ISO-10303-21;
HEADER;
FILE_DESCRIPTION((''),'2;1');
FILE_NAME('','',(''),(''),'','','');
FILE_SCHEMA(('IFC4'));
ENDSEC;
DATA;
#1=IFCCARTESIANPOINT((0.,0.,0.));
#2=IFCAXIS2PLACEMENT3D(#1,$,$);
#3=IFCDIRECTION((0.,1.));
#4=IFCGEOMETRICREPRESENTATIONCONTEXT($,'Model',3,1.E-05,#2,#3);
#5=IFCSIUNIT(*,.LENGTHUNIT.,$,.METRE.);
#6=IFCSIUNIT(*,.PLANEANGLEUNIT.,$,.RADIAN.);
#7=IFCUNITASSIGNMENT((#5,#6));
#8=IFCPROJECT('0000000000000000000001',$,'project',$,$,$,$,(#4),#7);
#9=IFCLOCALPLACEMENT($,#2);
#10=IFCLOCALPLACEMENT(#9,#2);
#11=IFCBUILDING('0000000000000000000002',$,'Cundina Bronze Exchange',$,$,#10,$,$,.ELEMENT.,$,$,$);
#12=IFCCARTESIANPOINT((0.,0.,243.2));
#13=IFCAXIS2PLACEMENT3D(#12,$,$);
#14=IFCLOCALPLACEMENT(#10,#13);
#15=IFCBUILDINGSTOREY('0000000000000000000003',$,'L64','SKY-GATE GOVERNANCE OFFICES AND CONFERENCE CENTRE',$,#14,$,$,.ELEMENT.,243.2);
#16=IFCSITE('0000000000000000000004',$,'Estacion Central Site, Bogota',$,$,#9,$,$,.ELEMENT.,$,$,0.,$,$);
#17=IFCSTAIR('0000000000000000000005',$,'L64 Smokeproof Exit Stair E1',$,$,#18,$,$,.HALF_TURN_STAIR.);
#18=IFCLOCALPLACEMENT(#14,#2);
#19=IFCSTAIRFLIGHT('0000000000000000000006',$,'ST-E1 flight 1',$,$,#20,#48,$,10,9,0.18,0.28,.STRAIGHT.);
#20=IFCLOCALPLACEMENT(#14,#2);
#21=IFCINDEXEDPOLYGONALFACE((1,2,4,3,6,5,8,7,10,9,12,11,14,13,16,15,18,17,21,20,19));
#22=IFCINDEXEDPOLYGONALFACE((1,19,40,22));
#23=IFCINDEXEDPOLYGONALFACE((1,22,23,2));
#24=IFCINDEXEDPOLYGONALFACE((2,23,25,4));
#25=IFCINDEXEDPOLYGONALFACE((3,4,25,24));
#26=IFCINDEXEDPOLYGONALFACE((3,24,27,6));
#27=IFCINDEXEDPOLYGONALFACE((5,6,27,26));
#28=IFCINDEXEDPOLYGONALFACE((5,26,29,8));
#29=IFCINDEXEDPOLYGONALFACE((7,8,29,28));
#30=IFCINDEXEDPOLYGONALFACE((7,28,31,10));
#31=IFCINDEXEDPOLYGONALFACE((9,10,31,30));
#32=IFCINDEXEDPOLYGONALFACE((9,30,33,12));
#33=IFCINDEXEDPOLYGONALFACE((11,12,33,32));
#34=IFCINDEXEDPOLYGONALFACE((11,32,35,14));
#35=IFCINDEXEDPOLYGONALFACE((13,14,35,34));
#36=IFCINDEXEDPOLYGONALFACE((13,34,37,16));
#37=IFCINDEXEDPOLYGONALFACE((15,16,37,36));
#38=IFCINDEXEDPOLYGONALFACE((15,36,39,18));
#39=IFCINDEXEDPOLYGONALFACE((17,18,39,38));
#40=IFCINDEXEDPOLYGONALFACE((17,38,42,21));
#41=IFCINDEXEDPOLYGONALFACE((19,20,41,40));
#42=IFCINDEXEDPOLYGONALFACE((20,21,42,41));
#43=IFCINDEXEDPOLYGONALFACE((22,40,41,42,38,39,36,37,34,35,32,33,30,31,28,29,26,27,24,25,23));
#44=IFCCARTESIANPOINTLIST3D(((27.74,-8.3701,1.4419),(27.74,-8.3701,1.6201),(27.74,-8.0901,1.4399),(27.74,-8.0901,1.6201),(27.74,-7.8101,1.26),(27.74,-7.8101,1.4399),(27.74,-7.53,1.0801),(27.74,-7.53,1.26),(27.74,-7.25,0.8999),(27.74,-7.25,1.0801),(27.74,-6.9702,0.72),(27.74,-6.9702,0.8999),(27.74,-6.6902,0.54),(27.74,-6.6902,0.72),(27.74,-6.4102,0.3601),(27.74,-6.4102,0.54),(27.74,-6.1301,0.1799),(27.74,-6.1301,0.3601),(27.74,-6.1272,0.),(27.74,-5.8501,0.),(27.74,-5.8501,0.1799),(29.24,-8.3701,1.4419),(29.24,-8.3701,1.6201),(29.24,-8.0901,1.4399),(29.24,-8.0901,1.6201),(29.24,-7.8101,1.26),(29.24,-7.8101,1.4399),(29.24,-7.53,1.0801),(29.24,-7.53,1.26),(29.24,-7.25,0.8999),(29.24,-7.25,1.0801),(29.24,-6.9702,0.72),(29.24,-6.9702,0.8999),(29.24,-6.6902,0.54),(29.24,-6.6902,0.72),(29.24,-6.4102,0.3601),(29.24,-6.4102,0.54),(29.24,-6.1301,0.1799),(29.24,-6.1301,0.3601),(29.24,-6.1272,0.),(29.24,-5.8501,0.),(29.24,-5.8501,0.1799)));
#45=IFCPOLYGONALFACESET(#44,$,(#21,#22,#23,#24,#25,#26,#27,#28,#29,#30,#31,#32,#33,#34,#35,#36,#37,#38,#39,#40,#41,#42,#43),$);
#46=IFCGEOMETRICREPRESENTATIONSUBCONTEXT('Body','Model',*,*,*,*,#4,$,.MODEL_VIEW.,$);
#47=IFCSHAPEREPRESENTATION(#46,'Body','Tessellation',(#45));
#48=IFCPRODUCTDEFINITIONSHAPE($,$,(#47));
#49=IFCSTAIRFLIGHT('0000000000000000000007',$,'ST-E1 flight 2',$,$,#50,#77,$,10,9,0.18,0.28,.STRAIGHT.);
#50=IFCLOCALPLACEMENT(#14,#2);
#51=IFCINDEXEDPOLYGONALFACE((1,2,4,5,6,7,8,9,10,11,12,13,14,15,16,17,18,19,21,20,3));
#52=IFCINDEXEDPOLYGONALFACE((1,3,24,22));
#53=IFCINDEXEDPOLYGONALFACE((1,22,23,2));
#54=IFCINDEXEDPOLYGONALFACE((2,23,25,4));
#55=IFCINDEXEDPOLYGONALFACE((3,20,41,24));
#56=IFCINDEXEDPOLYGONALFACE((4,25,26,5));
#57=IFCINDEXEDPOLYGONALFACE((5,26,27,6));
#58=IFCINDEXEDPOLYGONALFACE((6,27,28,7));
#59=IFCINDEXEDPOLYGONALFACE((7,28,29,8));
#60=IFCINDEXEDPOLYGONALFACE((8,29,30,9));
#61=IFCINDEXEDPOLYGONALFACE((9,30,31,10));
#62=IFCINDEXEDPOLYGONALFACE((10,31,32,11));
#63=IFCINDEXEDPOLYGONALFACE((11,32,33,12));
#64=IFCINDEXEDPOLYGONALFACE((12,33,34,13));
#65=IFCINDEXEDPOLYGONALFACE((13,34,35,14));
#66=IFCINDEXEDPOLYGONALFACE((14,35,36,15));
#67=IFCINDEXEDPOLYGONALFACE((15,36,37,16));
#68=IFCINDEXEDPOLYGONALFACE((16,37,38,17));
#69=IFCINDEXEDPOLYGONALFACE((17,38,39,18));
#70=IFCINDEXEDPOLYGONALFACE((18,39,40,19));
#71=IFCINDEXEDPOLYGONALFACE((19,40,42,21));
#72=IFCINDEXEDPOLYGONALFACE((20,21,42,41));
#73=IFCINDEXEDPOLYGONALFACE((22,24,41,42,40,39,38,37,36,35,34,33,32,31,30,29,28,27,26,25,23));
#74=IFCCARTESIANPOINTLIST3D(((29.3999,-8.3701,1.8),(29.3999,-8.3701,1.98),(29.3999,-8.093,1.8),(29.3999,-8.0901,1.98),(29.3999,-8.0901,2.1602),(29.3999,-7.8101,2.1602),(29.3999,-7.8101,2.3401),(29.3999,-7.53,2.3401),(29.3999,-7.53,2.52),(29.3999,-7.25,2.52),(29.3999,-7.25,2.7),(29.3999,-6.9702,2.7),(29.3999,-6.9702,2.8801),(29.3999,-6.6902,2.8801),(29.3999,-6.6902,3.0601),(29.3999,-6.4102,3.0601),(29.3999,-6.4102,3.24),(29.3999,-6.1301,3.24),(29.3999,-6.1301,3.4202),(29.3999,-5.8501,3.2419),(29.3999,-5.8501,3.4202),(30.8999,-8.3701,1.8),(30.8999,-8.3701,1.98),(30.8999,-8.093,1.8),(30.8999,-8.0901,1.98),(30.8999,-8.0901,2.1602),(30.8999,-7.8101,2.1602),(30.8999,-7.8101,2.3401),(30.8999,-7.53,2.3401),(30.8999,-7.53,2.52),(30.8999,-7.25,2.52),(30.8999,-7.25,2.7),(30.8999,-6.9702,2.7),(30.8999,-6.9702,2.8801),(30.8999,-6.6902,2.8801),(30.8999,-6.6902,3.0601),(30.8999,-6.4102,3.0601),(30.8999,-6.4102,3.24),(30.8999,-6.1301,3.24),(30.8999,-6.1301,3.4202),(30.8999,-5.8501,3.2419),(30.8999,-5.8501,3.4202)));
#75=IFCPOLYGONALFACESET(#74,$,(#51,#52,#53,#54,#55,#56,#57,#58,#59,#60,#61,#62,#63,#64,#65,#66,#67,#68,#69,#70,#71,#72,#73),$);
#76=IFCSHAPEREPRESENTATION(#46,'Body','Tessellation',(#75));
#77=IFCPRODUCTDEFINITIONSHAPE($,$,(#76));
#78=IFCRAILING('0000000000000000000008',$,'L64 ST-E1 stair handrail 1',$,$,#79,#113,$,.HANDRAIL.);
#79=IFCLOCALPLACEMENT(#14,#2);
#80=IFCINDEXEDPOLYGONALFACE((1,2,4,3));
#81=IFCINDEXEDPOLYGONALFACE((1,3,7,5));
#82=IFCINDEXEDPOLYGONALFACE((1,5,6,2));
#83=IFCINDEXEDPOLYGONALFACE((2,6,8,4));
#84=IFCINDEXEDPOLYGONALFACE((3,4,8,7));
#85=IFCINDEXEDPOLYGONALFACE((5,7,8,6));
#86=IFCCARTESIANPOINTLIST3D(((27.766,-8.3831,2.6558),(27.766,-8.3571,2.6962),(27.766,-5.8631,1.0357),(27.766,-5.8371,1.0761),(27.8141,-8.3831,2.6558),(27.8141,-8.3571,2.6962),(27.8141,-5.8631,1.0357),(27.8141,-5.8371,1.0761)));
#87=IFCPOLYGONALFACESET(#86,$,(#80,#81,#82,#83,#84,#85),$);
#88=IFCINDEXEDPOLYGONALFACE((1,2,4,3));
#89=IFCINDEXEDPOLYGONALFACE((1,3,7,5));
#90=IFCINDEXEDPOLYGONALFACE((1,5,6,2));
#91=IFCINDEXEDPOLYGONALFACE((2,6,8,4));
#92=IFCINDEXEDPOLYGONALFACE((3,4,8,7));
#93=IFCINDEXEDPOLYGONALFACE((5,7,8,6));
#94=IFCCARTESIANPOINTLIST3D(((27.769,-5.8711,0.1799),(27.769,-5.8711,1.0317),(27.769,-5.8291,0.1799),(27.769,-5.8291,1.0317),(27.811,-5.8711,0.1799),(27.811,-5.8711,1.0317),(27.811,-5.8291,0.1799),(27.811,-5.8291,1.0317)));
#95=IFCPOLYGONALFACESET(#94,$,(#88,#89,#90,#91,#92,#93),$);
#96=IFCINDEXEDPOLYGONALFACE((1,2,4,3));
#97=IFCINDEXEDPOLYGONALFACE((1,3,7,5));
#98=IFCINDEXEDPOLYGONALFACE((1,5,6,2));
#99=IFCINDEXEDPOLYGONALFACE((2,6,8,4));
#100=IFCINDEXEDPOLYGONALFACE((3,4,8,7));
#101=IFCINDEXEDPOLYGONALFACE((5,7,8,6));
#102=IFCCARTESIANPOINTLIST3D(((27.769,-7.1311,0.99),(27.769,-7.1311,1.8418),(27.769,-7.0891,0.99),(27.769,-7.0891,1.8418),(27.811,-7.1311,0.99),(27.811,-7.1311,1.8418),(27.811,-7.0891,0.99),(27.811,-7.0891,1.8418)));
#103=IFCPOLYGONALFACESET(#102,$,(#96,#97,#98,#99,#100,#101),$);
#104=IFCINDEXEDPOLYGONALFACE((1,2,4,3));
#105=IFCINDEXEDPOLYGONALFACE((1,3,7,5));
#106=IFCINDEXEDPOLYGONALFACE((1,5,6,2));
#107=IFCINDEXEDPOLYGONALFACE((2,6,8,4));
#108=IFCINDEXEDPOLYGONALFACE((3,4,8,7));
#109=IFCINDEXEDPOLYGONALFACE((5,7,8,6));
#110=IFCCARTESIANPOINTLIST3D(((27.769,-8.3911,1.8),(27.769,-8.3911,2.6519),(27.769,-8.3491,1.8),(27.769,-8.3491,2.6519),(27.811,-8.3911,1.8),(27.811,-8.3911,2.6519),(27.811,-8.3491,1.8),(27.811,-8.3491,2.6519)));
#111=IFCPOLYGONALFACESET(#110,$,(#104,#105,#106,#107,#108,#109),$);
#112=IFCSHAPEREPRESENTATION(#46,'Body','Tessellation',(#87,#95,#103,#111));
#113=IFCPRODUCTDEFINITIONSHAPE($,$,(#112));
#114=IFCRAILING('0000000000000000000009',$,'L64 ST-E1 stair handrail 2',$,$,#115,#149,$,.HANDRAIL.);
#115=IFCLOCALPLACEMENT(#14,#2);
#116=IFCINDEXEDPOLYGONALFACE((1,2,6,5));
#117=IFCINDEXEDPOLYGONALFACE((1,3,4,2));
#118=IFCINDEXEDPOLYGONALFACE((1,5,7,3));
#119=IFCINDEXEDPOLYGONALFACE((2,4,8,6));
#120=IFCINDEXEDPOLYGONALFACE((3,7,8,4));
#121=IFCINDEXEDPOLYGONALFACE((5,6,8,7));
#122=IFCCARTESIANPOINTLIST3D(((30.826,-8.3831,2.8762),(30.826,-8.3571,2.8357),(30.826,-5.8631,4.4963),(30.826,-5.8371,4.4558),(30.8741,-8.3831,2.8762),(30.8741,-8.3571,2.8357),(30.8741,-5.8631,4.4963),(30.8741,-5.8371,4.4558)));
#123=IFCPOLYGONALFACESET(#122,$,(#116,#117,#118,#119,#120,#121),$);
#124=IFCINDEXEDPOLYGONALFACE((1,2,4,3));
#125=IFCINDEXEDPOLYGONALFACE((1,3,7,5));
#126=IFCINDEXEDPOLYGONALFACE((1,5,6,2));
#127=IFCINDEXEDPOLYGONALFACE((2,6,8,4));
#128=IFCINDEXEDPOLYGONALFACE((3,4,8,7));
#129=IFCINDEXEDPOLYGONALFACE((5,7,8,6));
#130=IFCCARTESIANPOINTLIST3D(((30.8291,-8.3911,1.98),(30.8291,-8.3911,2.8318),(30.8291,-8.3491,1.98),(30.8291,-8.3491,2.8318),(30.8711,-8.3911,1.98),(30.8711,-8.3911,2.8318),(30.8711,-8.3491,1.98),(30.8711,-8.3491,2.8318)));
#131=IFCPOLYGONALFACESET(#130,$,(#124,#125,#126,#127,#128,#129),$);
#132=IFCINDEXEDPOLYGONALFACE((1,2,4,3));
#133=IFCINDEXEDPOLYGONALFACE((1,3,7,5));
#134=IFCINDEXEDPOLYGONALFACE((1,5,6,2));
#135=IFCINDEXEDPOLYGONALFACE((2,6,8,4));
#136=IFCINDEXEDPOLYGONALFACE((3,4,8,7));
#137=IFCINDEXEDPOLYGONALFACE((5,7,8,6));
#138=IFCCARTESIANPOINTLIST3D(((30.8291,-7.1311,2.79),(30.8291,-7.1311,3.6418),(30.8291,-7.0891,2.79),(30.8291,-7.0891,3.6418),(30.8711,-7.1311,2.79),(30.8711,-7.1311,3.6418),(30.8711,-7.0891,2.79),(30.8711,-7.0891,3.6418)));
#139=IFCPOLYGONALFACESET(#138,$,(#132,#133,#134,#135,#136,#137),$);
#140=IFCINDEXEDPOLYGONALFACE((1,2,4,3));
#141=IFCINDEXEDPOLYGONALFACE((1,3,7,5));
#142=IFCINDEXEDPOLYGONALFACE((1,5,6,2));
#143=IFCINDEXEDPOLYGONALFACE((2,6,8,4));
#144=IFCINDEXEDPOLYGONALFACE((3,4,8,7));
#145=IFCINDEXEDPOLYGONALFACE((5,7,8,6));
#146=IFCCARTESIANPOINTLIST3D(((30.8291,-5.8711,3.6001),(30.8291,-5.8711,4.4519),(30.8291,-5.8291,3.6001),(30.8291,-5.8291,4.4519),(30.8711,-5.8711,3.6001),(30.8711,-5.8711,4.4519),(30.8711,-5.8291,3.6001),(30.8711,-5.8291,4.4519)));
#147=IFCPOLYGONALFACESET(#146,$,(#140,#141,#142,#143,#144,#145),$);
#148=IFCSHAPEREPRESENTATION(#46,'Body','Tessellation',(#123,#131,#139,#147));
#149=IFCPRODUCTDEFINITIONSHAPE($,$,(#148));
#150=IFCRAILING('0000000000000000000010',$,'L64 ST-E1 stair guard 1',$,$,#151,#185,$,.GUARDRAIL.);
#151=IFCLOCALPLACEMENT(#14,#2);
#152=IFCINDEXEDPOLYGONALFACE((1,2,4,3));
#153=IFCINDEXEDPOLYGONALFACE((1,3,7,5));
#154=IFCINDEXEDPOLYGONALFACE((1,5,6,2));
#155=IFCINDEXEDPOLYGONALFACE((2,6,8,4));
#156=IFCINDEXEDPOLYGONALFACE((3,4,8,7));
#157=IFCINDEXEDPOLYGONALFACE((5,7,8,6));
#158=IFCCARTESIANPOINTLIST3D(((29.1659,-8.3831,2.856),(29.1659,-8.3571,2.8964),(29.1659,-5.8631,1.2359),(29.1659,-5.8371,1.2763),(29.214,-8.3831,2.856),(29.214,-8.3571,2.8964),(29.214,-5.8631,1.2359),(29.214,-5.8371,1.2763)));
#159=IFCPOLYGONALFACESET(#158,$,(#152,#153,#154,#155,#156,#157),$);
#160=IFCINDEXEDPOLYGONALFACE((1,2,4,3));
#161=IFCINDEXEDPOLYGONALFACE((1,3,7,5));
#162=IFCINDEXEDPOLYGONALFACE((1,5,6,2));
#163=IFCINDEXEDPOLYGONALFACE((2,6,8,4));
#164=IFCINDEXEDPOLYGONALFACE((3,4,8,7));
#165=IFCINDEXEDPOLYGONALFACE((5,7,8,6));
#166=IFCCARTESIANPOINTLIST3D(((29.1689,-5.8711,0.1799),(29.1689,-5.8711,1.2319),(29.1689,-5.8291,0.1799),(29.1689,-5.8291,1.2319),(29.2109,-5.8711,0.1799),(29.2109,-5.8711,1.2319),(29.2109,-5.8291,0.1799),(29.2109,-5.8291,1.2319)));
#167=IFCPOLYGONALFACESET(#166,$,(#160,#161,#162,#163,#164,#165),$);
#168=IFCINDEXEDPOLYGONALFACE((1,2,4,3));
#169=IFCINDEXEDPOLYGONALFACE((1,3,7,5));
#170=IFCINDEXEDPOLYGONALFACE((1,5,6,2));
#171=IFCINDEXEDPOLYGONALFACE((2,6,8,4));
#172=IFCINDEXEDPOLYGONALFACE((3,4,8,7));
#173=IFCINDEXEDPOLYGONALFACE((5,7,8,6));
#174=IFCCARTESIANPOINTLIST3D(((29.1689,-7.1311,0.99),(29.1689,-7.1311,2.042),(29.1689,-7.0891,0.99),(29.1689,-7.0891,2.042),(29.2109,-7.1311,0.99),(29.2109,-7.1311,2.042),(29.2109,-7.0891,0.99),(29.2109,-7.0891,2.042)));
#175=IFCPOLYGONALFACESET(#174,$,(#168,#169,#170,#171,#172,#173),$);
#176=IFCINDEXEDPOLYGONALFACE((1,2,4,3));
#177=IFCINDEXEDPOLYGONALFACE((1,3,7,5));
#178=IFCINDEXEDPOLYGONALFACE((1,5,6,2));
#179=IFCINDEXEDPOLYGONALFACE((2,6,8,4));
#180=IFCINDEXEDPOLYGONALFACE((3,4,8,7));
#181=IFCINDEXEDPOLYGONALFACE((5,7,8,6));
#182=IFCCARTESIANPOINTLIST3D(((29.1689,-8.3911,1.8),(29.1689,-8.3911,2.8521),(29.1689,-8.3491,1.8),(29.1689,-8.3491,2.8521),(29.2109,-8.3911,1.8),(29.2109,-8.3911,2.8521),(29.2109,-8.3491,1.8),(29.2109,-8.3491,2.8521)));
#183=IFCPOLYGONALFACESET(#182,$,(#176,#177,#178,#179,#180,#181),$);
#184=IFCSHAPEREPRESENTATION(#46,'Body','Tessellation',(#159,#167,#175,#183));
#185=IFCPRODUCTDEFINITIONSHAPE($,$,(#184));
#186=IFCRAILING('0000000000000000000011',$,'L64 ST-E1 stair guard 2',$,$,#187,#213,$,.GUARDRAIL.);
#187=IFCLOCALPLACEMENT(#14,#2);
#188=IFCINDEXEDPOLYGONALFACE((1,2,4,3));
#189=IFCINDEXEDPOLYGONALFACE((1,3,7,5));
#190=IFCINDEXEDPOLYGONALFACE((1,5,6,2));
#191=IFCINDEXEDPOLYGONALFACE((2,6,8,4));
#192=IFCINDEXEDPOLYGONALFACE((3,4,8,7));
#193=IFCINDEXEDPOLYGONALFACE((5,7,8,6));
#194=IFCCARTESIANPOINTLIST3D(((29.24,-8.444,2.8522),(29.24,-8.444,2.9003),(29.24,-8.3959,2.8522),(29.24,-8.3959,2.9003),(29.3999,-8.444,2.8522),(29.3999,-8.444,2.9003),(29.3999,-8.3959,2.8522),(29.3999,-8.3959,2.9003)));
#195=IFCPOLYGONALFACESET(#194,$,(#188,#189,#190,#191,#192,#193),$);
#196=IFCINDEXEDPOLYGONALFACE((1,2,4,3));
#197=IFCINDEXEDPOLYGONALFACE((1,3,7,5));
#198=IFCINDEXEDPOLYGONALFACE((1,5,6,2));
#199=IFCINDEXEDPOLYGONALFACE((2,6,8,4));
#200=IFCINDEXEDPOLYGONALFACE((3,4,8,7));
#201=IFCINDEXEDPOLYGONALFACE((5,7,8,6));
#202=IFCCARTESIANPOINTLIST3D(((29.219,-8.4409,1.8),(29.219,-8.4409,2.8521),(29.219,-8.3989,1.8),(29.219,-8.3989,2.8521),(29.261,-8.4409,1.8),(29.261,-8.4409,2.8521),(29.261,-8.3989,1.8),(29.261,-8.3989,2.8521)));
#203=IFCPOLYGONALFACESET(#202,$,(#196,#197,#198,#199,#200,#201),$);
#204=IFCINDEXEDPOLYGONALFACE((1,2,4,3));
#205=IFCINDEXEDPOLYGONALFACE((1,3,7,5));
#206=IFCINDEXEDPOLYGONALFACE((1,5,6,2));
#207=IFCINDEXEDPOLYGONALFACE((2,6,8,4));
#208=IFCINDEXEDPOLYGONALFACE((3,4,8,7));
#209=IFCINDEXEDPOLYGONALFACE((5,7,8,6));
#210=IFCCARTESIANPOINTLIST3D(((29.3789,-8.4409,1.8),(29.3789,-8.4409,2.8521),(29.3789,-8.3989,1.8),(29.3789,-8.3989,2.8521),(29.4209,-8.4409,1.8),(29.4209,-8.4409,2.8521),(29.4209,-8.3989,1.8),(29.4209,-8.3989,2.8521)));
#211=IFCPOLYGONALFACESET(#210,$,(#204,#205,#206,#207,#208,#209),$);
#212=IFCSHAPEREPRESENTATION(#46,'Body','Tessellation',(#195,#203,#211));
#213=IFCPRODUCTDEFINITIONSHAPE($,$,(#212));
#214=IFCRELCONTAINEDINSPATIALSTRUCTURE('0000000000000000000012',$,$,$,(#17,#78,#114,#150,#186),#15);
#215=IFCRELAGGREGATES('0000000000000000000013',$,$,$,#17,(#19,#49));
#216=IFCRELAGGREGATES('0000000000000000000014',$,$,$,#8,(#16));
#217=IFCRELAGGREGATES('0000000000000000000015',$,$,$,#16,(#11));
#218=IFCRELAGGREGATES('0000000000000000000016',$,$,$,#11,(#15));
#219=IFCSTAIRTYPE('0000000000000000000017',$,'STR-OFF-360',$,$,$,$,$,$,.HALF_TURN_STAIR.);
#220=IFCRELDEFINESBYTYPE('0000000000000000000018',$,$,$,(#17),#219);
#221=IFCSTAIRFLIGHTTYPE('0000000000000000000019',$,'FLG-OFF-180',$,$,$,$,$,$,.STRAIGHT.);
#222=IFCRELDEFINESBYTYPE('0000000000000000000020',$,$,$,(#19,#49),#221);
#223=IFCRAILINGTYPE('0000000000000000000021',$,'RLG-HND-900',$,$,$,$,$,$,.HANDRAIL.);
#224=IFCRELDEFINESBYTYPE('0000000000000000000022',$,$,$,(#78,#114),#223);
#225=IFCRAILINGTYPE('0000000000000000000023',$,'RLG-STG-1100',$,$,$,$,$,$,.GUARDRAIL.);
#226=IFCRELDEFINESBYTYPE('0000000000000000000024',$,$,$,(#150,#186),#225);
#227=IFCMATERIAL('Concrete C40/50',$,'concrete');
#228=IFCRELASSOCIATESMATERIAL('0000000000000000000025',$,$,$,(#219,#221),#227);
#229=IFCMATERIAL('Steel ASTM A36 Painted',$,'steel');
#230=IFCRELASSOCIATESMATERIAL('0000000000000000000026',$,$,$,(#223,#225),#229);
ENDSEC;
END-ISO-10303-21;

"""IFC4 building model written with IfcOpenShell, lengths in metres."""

from ifc_helpers import new_model, si_unit, direction, frame, origin, origin_2d, place, context, subcontext, project, spatial, polyline, rectangle, outline, extrude, material, type_object, element, aggregate, save


model = new_model("IFC4")

# Units and contexts
model_context = context("Model", 3, precision=1e-05, world=origin(), true_north=direction((0.0, 1.0)))
body_context = subcontext(model_context, "Body", "Model", "MODEL_VIEW")
ifc_project = project(units=[si_unit("LENGTHUNIT", "METRE"), si_unit("PLANEANGLEUNIT", "RADIAN")], contexts=[model_context])

# Site, building, storey
site_placement = place(None, origin())
site = spatial("IfcSite", under=ifc_project, at=site_placement, Name="Estacion Central Site, Bogota", CompositionType="ELEMENT", RefElevation=0.0)
building_placement = place(site_placement, origin())
building = spatial("IfcBuilding", under=site, at=building_placement, Name="Cundina Bronze Exchange", CompositionType="ELEMENT")
storey_placement = place(building_placement, frame((0.0, 0.0, 243.2)))
storey = spatial("IfcBuildingStorey", under=building, at=storey_placement, Name="L64", Description="SKY-GATE GOVERNANCE OFFICES AND CONFERENCE CENTRE", CompositionType="ELEMENT", Elevation=243.2)

# Shared definitions
ifc_material_1 = material(Name="Steel ASTM A36 Painted", Category="steel")

# Stair, stair flights
ifc_material_2 = material(Name="Concrete C40/50", Category="concrete")
stair_type = type_object("IfcStairType", Name="STR-OFF-360", PredefinedType="HALF_TURN_STAIR", material=ifc_material_2)
stair_placement = place(storey_placement, origin())
stair = element("IfcStair", 1, at=stair_placement, inside=storey, type_object=stair_type, Name="L64 Smokeproof Exit Stair E1", PredefinedType="HALF_TURN_STAIR")
stair_flight_type = type_object("IfcStairFlightType", Name="FLG-OFF-180", PredefinedType="STRAIGHT", material=ifc_material_2)
stair_flight_1_placement = place(storey_placement, frame((28.49, -5.8501, 0.0), z_axis=(0.0, 0.0, 1.0), x_axis=(0.0, -1.0, 0.0)))
stair_flight_1 = element("IfcStairFlight", 2, at=stair_flight_1_placement, type_object=stair_flight_type, Name="ST-E1 flight 1", NumberOfRisers=10, NumberOfTreads=9, PredefinedType="STRAIGHT", RiserHeight=0.18, TreadLength=0.28, context=body_context, shape_type="SweptSolid", body=[
    extrude(outline(polyline([(0.0, 0.0), (0.0, 0.1799), (0.28, 0.1799), (0.28, 0.3601), (0.5601, 0.3601), (0.5601, 0.54), (0.8401, 0.54), (0.8401, 0.72), (1.1201, 0.72), (1.1201, 0.8999), (1.3999, 0.8999), (1.3999, 1.0801), (1.6799, 1.0801), (1.6799, 1.26), (1.96, 1.26), (1.96, 1.4399), (2.24, 1.4399), (2.24, 1.6201), (2.52, 1.6201), (2.52, 1.8), (2.52, 1.4419), (0.2771, 0.0), (0.0, 0.0)])), frame((0.0, 0.75, 0.0), z_axis=(0.0, -1.0, 0.0), x_axis=(1.0, 0.0, 0.0)), (0.0, 0.0, 1.0), 1.5),
])
stair_flight_2_placement = place(storey_placement, frame((30.1499, -8.3701, 1.8), z_axis=(0.0, 0.0, 1.0), x_axis=(0.0, 1.0, 0.0)))
stair_flight_2 = element("IfcStairFlight", 3, at=stair_flight_2_placement, type_object=stair_flight_type, Name="ST-E1 flight 2", NumberOfRisers=10, NumberOfTreads=9, PredefinedType="STRAIGHT", RiserHeight=0.18, TreadLength=0.28, context=body_context, shape_type="SweptSolid", body=[
    extrude(outline(polyline([(0.0, 0.0), (0.0, 0.1799), (0.28, 0.1799), (0.28, 0.3601), (0.5601, 0.3601), (0.5601, 0.54), (0.8401, 0.54), (0.8401, 0.72), (1.1201, 0.72), (1.1201, 0.8999), (1.3999, 0.8999), (1.3999, 1.0801), (1.6799, 1.0801), (1.6799, 1.26), (1.96, 1.26), (1.96, 1.4399), (2.24, 1.4399), (2.24, 1.6201), (2.52, 1.6201), (2.52, 1.8), (2.52, 1.4419), (0.2771, 0.0), (0.0, 0.0)])), frame((0.0, 0.75, 0.0), z_axis=(0.0, -1.0, 0.0), x_axis=(1.0, 0.0, 0.0)), (0.0, 0.0, 1.0), 1.5),
])
aggregate(stair, [stair_flight_1, stair_flight_2])

# Railings
railing_type_1 = type_object("IfcRailingType", Name="RLG-HND-900", PredefinedType="HANDRAIL", material=ifc_material_1)
railing_1_placement = place(storey_placement, frame((27.79, -5.8501, 0.1799)))
element("IfcRailing", 4, at=railing_1_placement, inside=storey, type_object=railing_type_1, Name="L64 ST-E1 stair handrail 1", PredefinedType="HANDRAIL", context=body_context, shape_type="SweptSolid", body=[
    extrude(rectangle(XDim=0.0481, YDim=0.0481, at=origin_2d()), frame((0.0, 0.0, 0.876), z_axis=(0.0, -0.841163, 0.540782), x_axis=(1.0, 0.0, 0.0)), (0.0, 0.0, 1.0), 2.9958),
    extrude(rectangle(XDim=0.042, YDim=0.042, at=origin_2d()), origin(), (0.0, 0.0, 1.0), 0.8518),
    extrude(rectangle(XDim=0.042, YDim=0.042, at=origin_2d()), frame((0.0, -1.26, 0.8101)), (0.0, 0.0, 1.0), 0.8518),
    extrude(rectangle(XDim=0.042, YDim=0.042, at=origin_2d()), frame((0.0, -2.52, 1.6201)), (0.0, 0.0, 1.0), 0.8518),
])
railing_2_placement = place(storey_placement, frame((30.8501, -8.3701, 1.98)))
element("IfcRailing", 5, at=railing_2_placement, inside=storey, type_object=railing_type_1, Name="L64 ST-E1 stair handrail 2", PredefinedType="HANDRAIL", context=body_context, shape_type="SweptSolid", body=[
    extrude(rectangle(XDim=0.0481, YDim=0.0481, at=origin_2d()), frame((0.0, 0.0, 0.876), z_axis=(0.0, 0.841163, 0.540782), x_axis=(-1.0, 0.0, 0.0)), (0.0, 0.0, 1.0), 2.9958),
    extrude(rectangle(XDim=0.042, YDim=0.042, at=origin_2d()), origin(), (0.0, 0.0, 1.0), 0.8518),
    extrude(rectangle(XDim=0.042, YDim=0.042, at=origin_2d()), frame((0.0, 1.26, 0.8101)), (0.0, 0.0, 1.0), 0.8518),
    extrude(rectangle(XDim=0.042, YDim=0.042, at=origin_2d()), frame((0.0, 2.52, 1.6201)), (0.0, 0.0, 1.0), 0.8518),
])
railing_type_2 = type_object("IfcRailingType", Name="RLG-STG-1100", PredefinedType="GUARDRAIL", material=ifc_material_1)
railing_3_placement = place(storey_placement, frame((29.1899, -5.8501, 0.1799)))
element("IfcRailing", 6, at=railing_3_placement, inside=storey, type_object=railing_type_2, Name="L64 ST-E1 stair guard 1", PredefinedType="GUARDRAIL", context=body_context, shape_type="SweptSolid", body=[
    extrude(rectangle(XDim=0.0481, YDim=0.0481, at=origin_2d()), frame((0.0, 0.0, 1.0762), z_axis=(0.0, -0.841163, 0.540782), x_axis=(1.0, 0.0, 0.0)), (0.0, 0.0, 1.0), 2.9958),
    extrude(rectangle(XDim=0.042, YDim=0.042, at=origin_2d()), origin(), (0.0, 0.0, 1.0), 1.052),
    extrude(rectangle(XDim=0.042, YDim=0.042, at=origin_2d()), frame((0.0, -1.26, 0.8101)), (0.0, 0.0, 1.0), 1.052),
    extrude(rectangle(XDim=0.042, YDim=0.042, at=origin_2d()), frame((0.0, -2.52, 1.6201)), (0.0, 0.0, 1.0), 1.052),
])
railing_4_placement = place(storey_placement, frame((29.24, -8.4199, 1.8)))
element("IfcRailing", 7, at=railing_4_placement, inside=storey, type_object=railing_type_2, Name="L64 ST-E1 stair guard 2", PredefinedType="GUARDRAIL", context=body_context, shape_type="SweptSolid", body=[
    extrude(rectangle(XDim=0.0481, YDim=0.0481, at=origin_2d()), frame((0.0, 0.0, 1.0762), z_axis=(1.0, 0.0, 0.0), x_axis=(0.0, 1.0, 0.0)), (0.0, 0.0, 1.0), 0.1599),
    extrude(rectangle(XDim=0.042, YDim=0.042, at=origin_2d()), origin(), (0.0, 0.0, 1.0), 1.052),
    extrude(rectangle(XDim=0.042, YDim=0.042, at=origin_2d()), frame((0.1599, 0.0, 0.0)), (0.0, 0.0, 1.0), 1.052),
])

save(model, "model.ifc")
